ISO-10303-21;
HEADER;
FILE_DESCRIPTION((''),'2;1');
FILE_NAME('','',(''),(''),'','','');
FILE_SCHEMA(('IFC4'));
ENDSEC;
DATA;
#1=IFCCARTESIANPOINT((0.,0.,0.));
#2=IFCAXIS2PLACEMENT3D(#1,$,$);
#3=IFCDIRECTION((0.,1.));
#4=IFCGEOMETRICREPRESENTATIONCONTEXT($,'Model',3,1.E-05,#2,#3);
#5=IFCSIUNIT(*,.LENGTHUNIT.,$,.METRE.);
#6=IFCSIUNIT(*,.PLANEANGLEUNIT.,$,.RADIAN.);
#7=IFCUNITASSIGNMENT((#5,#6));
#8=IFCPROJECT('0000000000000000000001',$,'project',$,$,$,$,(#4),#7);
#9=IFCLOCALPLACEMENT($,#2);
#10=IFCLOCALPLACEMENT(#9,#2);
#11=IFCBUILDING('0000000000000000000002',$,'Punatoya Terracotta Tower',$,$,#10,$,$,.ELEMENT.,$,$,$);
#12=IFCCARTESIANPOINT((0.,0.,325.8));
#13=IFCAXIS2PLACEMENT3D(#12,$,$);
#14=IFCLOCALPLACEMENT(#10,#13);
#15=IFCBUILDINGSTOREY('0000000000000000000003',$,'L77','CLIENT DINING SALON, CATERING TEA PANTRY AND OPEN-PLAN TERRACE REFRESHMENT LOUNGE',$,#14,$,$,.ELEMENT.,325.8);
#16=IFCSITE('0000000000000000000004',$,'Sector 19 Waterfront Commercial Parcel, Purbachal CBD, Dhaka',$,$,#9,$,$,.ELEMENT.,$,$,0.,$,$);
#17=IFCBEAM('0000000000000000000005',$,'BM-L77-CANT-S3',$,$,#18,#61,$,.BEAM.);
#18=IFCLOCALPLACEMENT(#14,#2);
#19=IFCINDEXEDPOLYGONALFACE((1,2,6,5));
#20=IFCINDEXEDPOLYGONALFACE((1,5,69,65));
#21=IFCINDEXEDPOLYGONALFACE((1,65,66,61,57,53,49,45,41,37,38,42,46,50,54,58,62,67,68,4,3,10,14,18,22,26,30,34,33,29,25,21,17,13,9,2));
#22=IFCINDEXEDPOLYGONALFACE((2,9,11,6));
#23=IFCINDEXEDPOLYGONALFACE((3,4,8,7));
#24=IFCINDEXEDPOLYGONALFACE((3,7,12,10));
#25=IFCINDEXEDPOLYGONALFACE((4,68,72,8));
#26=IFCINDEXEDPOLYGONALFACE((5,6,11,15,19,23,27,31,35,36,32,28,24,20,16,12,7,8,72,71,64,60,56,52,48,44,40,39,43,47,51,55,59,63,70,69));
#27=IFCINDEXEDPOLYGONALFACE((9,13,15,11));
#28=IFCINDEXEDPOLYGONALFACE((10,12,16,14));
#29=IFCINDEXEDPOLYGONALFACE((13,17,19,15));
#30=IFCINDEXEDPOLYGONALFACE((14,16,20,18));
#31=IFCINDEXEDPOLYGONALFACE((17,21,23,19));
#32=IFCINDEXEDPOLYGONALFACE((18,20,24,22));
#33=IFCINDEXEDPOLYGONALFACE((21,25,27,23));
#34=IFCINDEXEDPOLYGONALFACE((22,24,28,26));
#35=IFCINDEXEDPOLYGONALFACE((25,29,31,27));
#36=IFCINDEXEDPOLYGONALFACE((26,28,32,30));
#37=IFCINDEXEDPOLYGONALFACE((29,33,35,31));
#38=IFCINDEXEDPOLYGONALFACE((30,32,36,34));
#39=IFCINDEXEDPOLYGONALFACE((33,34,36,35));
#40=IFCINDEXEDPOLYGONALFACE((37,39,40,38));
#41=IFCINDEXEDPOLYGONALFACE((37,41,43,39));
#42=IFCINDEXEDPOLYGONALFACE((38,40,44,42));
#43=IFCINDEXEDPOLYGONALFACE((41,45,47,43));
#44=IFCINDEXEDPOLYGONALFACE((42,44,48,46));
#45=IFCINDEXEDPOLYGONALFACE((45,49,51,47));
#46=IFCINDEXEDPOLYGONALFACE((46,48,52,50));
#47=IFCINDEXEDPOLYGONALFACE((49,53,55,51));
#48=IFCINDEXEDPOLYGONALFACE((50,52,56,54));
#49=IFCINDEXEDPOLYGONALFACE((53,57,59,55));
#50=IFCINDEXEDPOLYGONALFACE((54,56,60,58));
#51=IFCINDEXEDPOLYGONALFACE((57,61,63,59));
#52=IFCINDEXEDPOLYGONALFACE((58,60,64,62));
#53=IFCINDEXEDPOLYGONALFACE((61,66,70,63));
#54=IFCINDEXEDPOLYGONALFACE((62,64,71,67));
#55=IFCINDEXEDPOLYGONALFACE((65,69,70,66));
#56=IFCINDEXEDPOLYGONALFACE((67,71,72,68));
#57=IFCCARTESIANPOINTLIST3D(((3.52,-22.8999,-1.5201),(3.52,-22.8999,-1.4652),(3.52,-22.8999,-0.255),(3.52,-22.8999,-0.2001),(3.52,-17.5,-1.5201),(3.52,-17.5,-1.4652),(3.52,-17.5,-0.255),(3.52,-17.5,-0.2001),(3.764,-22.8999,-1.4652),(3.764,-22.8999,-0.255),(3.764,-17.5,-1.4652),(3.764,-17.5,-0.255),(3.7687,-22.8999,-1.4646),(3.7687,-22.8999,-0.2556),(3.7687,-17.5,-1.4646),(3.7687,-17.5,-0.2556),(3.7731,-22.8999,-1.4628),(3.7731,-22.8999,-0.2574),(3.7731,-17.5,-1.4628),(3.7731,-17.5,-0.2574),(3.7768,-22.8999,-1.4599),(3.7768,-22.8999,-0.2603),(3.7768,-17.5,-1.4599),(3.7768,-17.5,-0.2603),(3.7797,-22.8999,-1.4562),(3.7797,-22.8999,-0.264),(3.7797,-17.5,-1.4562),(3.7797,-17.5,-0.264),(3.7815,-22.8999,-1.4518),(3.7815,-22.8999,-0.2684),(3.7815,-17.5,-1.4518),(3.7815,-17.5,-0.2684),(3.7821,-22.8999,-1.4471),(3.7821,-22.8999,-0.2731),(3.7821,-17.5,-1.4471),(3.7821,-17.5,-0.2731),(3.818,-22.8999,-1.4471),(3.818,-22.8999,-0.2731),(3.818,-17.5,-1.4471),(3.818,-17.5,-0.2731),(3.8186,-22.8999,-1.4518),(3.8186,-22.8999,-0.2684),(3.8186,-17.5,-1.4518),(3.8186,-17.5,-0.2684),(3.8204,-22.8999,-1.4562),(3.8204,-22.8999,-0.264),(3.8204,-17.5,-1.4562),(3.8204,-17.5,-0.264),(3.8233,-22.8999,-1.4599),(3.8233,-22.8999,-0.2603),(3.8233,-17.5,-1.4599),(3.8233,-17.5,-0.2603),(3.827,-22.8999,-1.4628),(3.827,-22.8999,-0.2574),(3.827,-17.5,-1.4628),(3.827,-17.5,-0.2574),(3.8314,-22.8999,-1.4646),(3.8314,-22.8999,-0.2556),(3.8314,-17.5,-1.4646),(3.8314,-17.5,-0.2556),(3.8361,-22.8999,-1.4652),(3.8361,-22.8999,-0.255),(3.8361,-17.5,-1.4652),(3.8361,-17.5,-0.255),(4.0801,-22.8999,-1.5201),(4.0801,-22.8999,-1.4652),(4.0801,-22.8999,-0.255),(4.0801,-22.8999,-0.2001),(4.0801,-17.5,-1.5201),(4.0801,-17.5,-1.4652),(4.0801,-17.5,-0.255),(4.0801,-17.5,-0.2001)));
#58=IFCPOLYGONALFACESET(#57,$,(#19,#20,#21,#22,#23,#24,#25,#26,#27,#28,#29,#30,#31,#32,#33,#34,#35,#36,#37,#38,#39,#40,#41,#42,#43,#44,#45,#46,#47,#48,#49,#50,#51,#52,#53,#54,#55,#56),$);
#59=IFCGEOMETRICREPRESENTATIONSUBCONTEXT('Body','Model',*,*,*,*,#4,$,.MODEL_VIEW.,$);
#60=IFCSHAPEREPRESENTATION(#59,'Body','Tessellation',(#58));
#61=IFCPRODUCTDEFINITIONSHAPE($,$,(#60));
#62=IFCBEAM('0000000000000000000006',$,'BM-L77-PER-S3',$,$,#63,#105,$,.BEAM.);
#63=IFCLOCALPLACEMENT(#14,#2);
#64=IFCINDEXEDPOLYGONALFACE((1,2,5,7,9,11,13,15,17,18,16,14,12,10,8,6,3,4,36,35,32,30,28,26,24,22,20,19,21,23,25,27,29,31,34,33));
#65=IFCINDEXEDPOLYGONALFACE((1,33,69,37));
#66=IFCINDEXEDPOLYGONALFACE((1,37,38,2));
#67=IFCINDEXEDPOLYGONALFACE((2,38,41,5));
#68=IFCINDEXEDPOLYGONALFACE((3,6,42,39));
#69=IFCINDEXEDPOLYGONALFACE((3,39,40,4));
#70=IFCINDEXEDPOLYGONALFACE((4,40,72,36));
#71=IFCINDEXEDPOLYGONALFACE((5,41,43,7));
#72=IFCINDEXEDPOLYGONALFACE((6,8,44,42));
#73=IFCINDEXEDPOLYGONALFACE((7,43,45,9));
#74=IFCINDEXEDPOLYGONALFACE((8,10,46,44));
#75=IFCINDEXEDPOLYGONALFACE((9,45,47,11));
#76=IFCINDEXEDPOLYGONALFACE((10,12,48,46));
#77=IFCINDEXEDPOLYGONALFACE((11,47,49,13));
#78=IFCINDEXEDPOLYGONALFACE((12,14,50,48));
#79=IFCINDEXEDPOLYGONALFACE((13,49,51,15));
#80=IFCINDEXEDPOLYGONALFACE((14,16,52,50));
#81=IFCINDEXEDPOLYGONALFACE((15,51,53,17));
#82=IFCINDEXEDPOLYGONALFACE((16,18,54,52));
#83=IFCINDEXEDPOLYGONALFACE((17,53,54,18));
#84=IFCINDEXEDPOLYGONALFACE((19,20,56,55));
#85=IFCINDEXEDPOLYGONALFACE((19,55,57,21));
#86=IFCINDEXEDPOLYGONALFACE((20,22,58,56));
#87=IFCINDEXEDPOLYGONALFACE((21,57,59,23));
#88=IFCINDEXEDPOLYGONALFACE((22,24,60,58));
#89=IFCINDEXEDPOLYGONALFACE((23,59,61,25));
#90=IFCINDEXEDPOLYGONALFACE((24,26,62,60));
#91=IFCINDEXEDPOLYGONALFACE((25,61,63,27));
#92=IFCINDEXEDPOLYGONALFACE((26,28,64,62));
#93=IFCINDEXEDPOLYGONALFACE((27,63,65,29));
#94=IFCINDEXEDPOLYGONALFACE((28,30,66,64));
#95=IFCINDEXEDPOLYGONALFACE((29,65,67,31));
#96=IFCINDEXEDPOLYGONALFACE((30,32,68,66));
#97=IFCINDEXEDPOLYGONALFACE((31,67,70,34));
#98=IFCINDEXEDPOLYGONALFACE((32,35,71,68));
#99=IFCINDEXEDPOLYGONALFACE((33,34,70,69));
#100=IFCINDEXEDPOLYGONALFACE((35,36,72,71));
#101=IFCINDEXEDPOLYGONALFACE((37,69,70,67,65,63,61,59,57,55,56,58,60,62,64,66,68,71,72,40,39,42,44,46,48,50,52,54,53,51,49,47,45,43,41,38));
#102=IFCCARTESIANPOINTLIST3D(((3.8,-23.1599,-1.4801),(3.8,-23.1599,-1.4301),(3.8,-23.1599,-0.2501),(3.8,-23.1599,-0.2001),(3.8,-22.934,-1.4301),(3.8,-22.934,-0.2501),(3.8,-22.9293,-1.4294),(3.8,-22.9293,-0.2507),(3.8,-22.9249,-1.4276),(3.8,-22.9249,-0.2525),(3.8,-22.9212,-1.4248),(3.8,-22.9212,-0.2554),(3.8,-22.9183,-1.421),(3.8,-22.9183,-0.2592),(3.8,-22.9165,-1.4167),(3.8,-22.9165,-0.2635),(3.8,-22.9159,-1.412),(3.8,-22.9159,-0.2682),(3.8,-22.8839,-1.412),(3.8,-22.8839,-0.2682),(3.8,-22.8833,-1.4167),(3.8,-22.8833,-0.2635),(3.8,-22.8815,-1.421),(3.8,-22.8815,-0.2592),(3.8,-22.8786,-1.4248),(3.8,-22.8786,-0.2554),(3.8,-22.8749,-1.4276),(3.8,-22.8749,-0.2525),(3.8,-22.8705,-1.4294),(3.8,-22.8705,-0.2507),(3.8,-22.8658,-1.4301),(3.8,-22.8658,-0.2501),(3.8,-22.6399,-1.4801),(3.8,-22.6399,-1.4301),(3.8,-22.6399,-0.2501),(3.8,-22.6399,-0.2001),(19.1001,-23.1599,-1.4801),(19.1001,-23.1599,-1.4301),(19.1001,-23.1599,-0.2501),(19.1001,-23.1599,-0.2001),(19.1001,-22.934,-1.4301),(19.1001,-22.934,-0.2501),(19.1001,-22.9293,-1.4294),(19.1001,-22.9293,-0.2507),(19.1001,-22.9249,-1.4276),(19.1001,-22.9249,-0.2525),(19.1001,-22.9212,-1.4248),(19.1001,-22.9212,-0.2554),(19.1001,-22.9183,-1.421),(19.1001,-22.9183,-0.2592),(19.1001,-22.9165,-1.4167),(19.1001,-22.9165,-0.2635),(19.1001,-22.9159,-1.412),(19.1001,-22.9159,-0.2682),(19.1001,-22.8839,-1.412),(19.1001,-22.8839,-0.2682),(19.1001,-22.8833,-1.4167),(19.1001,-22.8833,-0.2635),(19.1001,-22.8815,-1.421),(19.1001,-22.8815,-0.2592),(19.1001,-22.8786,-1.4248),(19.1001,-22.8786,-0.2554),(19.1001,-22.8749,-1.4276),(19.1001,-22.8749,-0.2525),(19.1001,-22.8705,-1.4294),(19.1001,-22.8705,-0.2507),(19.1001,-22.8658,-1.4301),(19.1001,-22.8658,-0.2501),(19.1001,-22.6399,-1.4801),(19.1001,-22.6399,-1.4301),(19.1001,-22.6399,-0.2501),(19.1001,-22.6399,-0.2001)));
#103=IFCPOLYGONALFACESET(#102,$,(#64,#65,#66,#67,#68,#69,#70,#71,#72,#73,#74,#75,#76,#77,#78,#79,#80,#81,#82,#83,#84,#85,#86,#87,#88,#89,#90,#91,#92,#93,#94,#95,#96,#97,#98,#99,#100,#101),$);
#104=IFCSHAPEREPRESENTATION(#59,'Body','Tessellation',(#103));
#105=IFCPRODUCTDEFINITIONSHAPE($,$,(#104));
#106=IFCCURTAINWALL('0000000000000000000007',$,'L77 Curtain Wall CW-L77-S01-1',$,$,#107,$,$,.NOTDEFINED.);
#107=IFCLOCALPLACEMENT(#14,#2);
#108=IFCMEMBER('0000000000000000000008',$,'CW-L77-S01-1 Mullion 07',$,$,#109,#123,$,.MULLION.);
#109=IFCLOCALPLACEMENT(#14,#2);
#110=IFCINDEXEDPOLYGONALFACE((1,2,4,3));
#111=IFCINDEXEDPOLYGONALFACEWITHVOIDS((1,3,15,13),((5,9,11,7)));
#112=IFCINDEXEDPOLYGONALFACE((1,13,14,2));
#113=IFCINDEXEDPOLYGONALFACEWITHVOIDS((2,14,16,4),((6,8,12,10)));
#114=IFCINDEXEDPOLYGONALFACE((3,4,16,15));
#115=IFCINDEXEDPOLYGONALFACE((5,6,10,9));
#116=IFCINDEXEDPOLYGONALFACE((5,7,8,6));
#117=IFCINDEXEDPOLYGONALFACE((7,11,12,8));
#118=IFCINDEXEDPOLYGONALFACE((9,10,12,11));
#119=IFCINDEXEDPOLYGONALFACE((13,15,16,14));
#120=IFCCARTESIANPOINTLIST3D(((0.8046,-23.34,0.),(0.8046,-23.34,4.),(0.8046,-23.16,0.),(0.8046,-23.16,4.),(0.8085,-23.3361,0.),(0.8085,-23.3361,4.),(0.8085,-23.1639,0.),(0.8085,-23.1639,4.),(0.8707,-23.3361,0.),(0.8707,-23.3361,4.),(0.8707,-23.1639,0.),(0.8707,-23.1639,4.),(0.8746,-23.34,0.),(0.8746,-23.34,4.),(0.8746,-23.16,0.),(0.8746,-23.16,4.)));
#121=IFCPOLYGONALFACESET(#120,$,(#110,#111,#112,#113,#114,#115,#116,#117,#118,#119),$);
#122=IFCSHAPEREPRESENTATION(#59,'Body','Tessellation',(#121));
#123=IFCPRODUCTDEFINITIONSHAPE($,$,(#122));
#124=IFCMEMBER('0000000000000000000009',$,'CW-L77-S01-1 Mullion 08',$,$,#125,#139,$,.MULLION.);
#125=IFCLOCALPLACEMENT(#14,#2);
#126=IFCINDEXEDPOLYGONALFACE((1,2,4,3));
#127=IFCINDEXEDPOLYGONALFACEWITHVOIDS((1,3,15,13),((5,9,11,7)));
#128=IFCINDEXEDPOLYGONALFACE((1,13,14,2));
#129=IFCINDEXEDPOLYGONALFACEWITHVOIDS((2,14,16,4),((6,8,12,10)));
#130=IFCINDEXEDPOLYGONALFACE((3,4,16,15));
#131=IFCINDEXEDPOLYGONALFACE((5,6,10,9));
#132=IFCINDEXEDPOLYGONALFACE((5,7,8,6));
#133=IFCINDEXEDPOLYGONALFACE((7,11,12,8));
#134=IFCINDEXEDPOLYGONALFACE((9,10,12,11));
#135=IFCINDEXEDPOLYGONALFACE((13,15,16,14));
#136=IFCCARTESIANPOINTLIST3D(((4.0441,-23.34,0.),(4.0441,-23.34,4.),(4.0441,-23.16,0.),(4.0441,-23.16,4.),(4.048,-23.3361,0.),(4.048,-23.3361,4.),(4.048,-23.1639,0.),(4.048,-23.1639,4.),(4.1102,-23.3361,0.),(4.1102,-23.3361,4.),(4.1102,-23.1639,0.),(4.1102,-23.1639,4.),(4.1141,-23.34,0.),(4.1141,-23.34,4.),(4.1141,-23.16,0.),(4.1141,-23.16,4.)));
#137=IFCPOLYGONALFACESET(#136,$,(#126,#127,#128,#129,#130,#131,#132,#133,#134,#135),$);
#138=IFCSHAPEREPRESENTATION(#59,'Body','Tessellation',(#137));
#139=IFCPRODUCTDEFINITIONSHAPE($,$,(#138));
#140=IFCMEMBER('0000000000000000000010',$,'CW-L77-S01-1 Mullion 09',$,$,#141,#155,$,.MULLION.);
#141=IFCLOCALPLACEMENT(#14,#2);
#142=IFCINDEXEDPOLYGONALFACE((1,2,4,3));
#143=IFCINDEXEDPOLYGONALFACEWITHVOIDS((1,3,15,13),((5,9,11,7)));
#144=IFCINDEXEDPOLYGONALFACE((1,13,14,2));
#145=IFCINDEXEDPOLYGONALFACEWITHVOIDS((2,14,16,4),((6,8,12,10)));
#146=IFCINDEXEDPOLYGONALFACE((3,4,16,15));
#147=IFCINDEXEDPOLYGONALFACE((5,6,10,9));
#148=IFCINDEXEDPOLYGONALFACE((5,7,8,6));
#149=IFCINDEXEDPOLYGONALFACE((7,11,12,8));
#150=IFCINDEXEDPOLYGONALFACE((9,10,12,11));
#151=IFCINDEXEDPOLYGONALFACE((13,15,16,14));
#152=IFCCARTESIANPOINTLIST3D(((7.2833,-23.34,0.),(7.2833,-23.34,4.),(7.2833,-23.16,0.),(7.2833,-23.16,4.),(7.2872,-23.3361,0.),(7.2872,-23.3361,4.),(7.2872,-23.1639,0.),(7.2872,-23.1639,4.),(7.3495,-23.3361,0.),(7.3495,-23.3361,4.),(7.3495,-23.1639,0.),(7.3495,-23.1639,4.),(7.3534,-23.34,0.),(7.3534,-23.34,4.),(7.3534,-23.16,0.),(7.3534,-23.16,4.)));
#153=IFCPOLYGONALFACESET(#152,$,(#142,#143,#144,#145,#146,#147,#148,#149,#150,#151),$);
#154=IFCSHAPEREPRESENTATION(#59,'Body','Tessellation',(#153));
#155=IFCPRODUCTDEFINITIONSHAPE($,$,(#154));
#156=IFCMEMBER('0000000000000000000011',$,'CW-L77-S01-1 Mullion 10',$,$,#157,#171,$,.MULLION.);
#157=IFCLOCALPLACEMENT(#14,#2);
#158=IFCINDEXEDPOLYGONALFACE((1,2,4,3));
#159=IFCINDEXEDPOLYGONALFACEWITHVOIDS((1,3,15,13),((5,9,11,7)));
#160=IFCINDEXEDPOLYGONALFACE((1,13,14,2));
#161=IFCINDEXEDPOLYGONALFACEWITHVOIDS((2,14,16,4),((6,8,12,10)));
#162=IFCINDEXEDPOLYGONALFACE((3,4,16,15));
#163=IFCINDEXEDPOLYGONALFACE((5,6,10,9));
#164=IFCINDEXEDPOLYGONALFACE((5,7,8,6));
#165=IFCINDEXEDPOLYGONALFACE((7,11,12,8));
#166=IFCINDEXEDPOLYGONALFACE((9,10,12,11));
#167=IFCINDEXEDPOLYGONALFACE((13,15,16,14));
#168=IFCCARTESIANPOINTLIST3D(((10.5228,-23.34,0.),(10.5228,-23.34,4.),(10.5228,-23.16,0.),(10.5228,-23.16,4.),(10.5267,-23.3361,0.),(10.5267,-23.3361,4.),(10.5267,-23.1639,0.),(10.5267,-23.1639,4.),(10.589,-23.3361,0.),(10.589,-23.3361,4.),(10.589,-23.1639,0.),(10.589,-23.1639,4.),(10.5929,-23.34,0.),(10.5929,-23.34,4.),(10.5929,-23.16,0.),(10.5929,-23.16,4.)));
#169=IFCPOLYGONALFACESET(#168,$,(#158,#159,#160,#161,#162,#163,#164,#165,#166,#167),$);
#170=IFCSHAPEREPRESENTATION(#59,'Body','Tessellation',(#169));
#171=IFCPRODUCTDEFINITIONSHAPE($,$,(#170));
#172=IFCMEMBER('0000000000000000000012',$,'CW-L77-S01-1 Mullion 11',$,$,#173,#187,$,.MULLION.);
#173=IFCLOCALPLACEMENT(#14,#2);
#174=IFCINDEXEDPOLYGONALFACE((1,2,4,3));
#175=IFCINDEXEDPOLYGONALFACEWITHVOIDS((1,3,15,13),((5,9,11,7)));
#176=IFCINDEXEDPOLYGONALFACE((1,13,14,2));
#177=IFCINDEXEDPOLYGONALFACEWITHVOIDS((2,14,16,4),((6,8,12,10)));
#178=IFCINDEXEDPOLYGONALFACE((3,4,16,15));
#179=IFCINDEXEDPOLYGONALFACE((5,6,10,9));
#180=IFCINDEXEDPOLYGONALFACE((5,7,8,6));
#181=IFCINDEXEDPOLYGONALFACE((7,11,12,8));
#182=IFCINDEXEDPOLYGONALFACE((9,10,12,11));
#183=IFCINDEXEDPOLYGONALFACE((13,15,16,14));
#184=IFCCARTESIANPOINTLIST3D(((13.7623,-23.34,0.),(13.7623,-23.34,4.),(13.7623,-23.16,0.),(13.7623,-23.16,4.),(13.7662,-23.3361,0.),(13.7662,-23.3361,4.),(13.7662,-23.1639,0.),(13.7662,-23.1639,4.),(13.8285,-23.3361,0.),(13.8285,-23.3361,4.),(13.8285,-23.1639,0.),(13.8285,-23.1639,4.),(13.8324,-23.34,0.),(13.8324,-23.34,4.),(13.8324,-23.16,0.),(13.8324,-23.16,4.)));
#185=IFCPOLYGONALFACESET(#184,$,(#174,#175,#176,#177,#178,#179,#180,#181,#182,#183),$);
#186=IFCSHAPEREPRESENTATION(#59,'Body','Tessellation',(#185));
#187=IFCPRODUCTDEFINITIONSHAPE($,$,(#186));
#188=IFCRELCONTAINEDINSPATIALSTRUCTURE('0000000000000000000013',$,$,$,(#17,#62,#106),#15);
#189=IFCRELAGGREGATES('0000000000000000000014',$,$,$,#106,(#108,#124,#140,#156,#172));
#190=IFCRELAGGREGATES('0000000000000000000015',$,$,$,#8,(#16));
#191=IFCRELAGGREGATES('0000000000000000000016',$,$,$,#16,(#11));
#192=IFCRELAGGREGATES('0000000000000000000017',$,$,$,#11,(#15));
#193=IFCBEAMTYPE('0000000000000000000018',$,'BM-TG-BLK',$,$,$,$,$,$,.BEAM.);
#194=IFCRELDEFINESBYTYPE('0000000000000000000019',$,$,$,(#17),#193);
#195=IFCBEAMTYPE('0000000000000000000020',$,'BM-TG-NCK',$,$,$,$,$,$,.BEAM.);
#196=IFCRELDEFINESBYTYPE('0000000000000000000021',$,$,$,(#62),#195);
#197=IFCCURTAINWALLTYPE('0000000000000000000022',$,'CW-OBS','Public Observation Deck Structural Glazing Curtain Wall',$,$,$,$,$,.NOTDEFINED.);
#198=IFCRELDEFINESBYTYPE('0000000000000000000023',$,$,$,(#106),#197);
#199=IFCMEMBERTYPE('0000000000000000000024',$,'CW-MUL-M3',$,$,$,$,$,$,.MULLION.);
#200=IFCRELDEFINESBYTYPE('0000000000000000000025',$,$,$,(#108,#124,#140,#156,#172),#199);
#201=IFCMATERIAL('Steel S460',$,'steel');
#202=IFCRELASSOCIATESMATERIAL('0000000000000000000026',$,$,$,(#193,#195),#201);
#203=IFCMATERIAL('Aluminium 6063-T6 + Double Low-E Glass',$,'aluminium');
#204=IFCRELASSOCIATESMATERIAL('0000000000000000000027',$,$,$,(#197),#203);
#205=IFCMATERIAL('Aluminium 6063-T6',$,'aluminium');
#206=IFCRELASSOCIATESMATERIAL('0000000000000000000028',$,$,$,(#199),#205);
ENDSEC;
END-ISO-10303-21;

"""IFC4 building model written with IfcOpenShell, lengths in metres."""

from ifc_helpers import new_model, si_unit, direction, frame, origin, origin_2d, place, context, subcontext, project, spatial, hollow_rectangle, i_section, extrude, material, material_profile, profile_set, type_object, element, aggregate, save


model = new_model("IFC4")

# Units and contexts
model_context = context("Model", 3, precision=1e-05, world=origin(), true_north=direction((0.0, 1.0)))
body_context = subcontext(model_context, "Body", "Model", "MODEL_VIEW")
ifc_project = project(units=[si_unit("LENGTHUNIT", "METRE"), si_unit("PLANEANGLEUNIT", "RADIAN")], contexts=[model_context])

# Site, building, storey
site_placement = place(None, origin())
site = spatial("IfcSite", under=ifc_project, at=site_placement, Name="Sector 19 Waterfront Commercial Parcel, Purbachal CBD, Dhaka", CompositionType="ELEMENT", RefElevation=0.0)
building_placement = place(site_placement, origin())
building = spatial("IfcBuilding", under=site, at=building_placement, Name="Punatoya Terracotta Tower", CompositionType="ELEMENT")
storey_placement = place(building_placement, frame((0.0, 0.0, 325.8)))
storey = spatial("IfcBuildingStorey", under=building, at=storey_placement, Name="L77", Description="CLIENT DINING SALON, CATERING TEA PANTRY AND OPEN-PLAN TERRACE REFRESHMENT LOUNGE", CompositionType="ELEMENT", Elevation=325.8)

# Shared definitions
ifc_material_1 = material(Name="Steel S460", Category="steel")

# Beams
ifc_material_profile_1 = material_profile(ifc_material_1, i_section(OverallWidth=0.5601, OverallDepth=1.3201, WebThickness=0.0359, FlangeThickness=0.0549, FilletRadius=0.0181, at=origin_2d()))
ifc_profile_set_1 = profile_set([ifc_material_profile_1], Name="Steel S460")
beam_type_1 = type_object("IfcBeamType", Name="BM-TG-BLK", PredefinedType="BEAM", material=ifc_profile_set_1)
beam_1_placement = place(storey_placement, frame((3.8, -22.8999, -0.8601), z_axis=(0.0, 1.0, 0.0), x_axis=(-1.0, 0.0, 0.0)))
element("IfcBeam", 1, at=beam_1_placement, inside=storey, type_object=beam_type_1, Name="BM-L77-CANT-S3", PredefinedType="BEAM", context=body_context, shape_type="SweptSolid", body=[
    extrude(i_section(OverallWidth=0.5601, OverallDepth=1.3201, WebThickness=0.0359, FlangeThickness=0.0549, FilletRadius=0.0181, at=origin_2d()), origin(), (0.0, 0.0, 1.0), 5.3999),
])
ifc_material_profile_2 = material_profile(ifc_material_1, i_section(OverallWidth=0.52, OverallDepth=1.28, WebThickness=0.032, FlangeThickness=0.05, FilletRadius=0.0181, at=origin_2d()))
ifc_profile_set_2 = profile_set([ifc_material_profile_2], Name="Steel S460")
beam_type_2 = type_object("IfcBeamType", Name="BM-TG-NCK", PredefinedType="BEAM", material=ifc_profile_set_2)
beam_2_placement = place(storey_placement, frame((3.8, -22.8999, -0.8401), z_axis=(1.0, 0.0, 0.0), x_axis=(0.0, 1.0, 0.0)))
element("IfcBeam", 2, at=beam_2_placement, inside=storey, type_object=beam_type_2, Name="BM-L77-PER-S3", PredefinedType="BEAM", context=body_context, shape_type="SweptSolid", body=[
    extrude(i_section(OverallWidth=0.52, OverallDepth=1.28, WebThickness=0.032, FlangeThickness=0.05, FilletRadius=0.0181, at=origin_2d()), origin(), (0.0, 0.0, 1.0), 15.3),
])

# Curtain wall, members
ifc_material_2 = material(Name="Aluminium 6063-T6 + Double Low-E Glass", Category="aluminium")
curtain_wall_type = type_object("IfcCurtainWallType", Name="CW-OBS", Description="Public Observation Deck Structural Glazing Curtain Wall", PredefinedType="NOTDEFINED", material=ifc_material_2)
curtain_wall_1_placement = place(storey_placement, origin())
curtain_wall_1 = element("IfcCurtainWall", 3, at=curtain_wall_1_placement, inside=storey, type_object=curtain_wall_type, Name="L77 Curtain Wall CW-L77-S01-1", PredefinedType="NOTDEFINED")
ifc_material_3 = material(Name="Aluminium 6063-T6", Category="aluminium")
ifc_material_profile_3 = material_profile(ifc_material_3, hollow_rectangle(XDim=0.0701, YDim=0.1799, WallThickness=0.0039, at=origin_2d()))
ifc_profile_set_3 = profile_set([ifc_material_profile_3], Name="Aluminium 6063-T6")
member_type_1 = type_object("IfcMemberType", Name="CW-MUL-M3", PredefinedType="MULLION", material=ifc_profile_set_3)
member_1_placement = place(storey_placement, frame((0.8396, -23.25, 0.0), z_axis=(0.0, 0.0, 1.0), x_axis=(1.0, 0.0, 0.0)))
member_1 = element("IfcMember", 4, at=member_1_placement, type_object=member_type_1, Name="CW-L77-S01-1 Mullion 07", PredefinedType="MULLION", context=body_context, shape_type="SweptSolid", body=[
    extrude(hollow_rectangle(XDim=0.0701, YDim=0.1799, WallThickness=0.0039, at=origin_2d()), origin(), (0.0, 0.0, 1.0), 4.0),
])
member_2_placement = place(storey_placement, frame((4.0791, -23.25, 0.0), z_axis=(0.0, 0.0, 1.0), x_axis=(1.0, 0.0, 0.0)))
member_2 = element("IfcMember", 5, at=member_2_placement, type_object=member_type_1, Name="CW-L77-S01-1 Mullion 08", PredefinedType="MULLION", context=body_context, shape_type="SweptSolid", body=[
    extrude(hollow_rectangle(XDim=0.0701, YDim=0.1799, WallThickness=0.0039, at=origin_2d()), origin(), (0.0, 0.0, 1.0), 4.0),
])
member_3_placement = place(storey_placement, frame((7.3184, -23.25, 0.0), z_axis=(0.0, 0.0, 1.0), x_axis=(1.0, 0.0, 0.0)))
member_3 = element("IfcMember", 6, at=member_3_placement, type_object=member_type_1, Name="CW-L77-S01-1 Mullion 09", PredefinedType="MULLION", context=body_context, shape_type="SweptSolid", body=[
    extrude(hollow_rectangle(XDim=0.0701, YDim=0.1799, WallThickness=0.0039, at=origin_2d()), origin(), (0.0, 0.0, 1.0), 4.0),
])
member_4_placement = place(storey_placement, frame((10.5579, -23.25, 0.0), z_axis=(0.0, 0.0, 1.0), x_axis=(1.0, 0.0, 0.0)))
member_4 = element("IfcMember", 7, at=member_4_placement, type_object=member_type_1, Name="CW-L77-S01-1 Mullion 10", PredefinedType="MULLION", context=body_context, shape_type="SweptSolid", body=[
    extrude(hollow_rectangle(XDim=0.0701, YDim=0.1799, WallThickness=0.0039, at=origin_2d()), origin(), (0.0, 0.0, 1.0), 4.0),
])
member_5_placement = place(storey_placement, frame((13.7974, -23.25, 0.0), z_axis=(0.0, 0.0, 1.0), x_axis=(1.0, 0.0, 0.0)))
member_5 = element("IfcMember", 8, at=member_5_placement, type_object=member_type_1, Name="CW-L77-S01-1 Mullion 11", PredefinedType="MULLION", context=body_context, shape_type="SweptSolid", body=[
    extrude(hollow_rectangle(XDim=0.0701, YDim=0.1799, WallThickness=0.0039, at=origin_2d()), origin(), (0.0, 0.0, 1.0), 4.0),
])

aggregate(curtain_wall_1, [member_1, member_2, member_3, member_4, member_5])

save(model, "model.ifc")
